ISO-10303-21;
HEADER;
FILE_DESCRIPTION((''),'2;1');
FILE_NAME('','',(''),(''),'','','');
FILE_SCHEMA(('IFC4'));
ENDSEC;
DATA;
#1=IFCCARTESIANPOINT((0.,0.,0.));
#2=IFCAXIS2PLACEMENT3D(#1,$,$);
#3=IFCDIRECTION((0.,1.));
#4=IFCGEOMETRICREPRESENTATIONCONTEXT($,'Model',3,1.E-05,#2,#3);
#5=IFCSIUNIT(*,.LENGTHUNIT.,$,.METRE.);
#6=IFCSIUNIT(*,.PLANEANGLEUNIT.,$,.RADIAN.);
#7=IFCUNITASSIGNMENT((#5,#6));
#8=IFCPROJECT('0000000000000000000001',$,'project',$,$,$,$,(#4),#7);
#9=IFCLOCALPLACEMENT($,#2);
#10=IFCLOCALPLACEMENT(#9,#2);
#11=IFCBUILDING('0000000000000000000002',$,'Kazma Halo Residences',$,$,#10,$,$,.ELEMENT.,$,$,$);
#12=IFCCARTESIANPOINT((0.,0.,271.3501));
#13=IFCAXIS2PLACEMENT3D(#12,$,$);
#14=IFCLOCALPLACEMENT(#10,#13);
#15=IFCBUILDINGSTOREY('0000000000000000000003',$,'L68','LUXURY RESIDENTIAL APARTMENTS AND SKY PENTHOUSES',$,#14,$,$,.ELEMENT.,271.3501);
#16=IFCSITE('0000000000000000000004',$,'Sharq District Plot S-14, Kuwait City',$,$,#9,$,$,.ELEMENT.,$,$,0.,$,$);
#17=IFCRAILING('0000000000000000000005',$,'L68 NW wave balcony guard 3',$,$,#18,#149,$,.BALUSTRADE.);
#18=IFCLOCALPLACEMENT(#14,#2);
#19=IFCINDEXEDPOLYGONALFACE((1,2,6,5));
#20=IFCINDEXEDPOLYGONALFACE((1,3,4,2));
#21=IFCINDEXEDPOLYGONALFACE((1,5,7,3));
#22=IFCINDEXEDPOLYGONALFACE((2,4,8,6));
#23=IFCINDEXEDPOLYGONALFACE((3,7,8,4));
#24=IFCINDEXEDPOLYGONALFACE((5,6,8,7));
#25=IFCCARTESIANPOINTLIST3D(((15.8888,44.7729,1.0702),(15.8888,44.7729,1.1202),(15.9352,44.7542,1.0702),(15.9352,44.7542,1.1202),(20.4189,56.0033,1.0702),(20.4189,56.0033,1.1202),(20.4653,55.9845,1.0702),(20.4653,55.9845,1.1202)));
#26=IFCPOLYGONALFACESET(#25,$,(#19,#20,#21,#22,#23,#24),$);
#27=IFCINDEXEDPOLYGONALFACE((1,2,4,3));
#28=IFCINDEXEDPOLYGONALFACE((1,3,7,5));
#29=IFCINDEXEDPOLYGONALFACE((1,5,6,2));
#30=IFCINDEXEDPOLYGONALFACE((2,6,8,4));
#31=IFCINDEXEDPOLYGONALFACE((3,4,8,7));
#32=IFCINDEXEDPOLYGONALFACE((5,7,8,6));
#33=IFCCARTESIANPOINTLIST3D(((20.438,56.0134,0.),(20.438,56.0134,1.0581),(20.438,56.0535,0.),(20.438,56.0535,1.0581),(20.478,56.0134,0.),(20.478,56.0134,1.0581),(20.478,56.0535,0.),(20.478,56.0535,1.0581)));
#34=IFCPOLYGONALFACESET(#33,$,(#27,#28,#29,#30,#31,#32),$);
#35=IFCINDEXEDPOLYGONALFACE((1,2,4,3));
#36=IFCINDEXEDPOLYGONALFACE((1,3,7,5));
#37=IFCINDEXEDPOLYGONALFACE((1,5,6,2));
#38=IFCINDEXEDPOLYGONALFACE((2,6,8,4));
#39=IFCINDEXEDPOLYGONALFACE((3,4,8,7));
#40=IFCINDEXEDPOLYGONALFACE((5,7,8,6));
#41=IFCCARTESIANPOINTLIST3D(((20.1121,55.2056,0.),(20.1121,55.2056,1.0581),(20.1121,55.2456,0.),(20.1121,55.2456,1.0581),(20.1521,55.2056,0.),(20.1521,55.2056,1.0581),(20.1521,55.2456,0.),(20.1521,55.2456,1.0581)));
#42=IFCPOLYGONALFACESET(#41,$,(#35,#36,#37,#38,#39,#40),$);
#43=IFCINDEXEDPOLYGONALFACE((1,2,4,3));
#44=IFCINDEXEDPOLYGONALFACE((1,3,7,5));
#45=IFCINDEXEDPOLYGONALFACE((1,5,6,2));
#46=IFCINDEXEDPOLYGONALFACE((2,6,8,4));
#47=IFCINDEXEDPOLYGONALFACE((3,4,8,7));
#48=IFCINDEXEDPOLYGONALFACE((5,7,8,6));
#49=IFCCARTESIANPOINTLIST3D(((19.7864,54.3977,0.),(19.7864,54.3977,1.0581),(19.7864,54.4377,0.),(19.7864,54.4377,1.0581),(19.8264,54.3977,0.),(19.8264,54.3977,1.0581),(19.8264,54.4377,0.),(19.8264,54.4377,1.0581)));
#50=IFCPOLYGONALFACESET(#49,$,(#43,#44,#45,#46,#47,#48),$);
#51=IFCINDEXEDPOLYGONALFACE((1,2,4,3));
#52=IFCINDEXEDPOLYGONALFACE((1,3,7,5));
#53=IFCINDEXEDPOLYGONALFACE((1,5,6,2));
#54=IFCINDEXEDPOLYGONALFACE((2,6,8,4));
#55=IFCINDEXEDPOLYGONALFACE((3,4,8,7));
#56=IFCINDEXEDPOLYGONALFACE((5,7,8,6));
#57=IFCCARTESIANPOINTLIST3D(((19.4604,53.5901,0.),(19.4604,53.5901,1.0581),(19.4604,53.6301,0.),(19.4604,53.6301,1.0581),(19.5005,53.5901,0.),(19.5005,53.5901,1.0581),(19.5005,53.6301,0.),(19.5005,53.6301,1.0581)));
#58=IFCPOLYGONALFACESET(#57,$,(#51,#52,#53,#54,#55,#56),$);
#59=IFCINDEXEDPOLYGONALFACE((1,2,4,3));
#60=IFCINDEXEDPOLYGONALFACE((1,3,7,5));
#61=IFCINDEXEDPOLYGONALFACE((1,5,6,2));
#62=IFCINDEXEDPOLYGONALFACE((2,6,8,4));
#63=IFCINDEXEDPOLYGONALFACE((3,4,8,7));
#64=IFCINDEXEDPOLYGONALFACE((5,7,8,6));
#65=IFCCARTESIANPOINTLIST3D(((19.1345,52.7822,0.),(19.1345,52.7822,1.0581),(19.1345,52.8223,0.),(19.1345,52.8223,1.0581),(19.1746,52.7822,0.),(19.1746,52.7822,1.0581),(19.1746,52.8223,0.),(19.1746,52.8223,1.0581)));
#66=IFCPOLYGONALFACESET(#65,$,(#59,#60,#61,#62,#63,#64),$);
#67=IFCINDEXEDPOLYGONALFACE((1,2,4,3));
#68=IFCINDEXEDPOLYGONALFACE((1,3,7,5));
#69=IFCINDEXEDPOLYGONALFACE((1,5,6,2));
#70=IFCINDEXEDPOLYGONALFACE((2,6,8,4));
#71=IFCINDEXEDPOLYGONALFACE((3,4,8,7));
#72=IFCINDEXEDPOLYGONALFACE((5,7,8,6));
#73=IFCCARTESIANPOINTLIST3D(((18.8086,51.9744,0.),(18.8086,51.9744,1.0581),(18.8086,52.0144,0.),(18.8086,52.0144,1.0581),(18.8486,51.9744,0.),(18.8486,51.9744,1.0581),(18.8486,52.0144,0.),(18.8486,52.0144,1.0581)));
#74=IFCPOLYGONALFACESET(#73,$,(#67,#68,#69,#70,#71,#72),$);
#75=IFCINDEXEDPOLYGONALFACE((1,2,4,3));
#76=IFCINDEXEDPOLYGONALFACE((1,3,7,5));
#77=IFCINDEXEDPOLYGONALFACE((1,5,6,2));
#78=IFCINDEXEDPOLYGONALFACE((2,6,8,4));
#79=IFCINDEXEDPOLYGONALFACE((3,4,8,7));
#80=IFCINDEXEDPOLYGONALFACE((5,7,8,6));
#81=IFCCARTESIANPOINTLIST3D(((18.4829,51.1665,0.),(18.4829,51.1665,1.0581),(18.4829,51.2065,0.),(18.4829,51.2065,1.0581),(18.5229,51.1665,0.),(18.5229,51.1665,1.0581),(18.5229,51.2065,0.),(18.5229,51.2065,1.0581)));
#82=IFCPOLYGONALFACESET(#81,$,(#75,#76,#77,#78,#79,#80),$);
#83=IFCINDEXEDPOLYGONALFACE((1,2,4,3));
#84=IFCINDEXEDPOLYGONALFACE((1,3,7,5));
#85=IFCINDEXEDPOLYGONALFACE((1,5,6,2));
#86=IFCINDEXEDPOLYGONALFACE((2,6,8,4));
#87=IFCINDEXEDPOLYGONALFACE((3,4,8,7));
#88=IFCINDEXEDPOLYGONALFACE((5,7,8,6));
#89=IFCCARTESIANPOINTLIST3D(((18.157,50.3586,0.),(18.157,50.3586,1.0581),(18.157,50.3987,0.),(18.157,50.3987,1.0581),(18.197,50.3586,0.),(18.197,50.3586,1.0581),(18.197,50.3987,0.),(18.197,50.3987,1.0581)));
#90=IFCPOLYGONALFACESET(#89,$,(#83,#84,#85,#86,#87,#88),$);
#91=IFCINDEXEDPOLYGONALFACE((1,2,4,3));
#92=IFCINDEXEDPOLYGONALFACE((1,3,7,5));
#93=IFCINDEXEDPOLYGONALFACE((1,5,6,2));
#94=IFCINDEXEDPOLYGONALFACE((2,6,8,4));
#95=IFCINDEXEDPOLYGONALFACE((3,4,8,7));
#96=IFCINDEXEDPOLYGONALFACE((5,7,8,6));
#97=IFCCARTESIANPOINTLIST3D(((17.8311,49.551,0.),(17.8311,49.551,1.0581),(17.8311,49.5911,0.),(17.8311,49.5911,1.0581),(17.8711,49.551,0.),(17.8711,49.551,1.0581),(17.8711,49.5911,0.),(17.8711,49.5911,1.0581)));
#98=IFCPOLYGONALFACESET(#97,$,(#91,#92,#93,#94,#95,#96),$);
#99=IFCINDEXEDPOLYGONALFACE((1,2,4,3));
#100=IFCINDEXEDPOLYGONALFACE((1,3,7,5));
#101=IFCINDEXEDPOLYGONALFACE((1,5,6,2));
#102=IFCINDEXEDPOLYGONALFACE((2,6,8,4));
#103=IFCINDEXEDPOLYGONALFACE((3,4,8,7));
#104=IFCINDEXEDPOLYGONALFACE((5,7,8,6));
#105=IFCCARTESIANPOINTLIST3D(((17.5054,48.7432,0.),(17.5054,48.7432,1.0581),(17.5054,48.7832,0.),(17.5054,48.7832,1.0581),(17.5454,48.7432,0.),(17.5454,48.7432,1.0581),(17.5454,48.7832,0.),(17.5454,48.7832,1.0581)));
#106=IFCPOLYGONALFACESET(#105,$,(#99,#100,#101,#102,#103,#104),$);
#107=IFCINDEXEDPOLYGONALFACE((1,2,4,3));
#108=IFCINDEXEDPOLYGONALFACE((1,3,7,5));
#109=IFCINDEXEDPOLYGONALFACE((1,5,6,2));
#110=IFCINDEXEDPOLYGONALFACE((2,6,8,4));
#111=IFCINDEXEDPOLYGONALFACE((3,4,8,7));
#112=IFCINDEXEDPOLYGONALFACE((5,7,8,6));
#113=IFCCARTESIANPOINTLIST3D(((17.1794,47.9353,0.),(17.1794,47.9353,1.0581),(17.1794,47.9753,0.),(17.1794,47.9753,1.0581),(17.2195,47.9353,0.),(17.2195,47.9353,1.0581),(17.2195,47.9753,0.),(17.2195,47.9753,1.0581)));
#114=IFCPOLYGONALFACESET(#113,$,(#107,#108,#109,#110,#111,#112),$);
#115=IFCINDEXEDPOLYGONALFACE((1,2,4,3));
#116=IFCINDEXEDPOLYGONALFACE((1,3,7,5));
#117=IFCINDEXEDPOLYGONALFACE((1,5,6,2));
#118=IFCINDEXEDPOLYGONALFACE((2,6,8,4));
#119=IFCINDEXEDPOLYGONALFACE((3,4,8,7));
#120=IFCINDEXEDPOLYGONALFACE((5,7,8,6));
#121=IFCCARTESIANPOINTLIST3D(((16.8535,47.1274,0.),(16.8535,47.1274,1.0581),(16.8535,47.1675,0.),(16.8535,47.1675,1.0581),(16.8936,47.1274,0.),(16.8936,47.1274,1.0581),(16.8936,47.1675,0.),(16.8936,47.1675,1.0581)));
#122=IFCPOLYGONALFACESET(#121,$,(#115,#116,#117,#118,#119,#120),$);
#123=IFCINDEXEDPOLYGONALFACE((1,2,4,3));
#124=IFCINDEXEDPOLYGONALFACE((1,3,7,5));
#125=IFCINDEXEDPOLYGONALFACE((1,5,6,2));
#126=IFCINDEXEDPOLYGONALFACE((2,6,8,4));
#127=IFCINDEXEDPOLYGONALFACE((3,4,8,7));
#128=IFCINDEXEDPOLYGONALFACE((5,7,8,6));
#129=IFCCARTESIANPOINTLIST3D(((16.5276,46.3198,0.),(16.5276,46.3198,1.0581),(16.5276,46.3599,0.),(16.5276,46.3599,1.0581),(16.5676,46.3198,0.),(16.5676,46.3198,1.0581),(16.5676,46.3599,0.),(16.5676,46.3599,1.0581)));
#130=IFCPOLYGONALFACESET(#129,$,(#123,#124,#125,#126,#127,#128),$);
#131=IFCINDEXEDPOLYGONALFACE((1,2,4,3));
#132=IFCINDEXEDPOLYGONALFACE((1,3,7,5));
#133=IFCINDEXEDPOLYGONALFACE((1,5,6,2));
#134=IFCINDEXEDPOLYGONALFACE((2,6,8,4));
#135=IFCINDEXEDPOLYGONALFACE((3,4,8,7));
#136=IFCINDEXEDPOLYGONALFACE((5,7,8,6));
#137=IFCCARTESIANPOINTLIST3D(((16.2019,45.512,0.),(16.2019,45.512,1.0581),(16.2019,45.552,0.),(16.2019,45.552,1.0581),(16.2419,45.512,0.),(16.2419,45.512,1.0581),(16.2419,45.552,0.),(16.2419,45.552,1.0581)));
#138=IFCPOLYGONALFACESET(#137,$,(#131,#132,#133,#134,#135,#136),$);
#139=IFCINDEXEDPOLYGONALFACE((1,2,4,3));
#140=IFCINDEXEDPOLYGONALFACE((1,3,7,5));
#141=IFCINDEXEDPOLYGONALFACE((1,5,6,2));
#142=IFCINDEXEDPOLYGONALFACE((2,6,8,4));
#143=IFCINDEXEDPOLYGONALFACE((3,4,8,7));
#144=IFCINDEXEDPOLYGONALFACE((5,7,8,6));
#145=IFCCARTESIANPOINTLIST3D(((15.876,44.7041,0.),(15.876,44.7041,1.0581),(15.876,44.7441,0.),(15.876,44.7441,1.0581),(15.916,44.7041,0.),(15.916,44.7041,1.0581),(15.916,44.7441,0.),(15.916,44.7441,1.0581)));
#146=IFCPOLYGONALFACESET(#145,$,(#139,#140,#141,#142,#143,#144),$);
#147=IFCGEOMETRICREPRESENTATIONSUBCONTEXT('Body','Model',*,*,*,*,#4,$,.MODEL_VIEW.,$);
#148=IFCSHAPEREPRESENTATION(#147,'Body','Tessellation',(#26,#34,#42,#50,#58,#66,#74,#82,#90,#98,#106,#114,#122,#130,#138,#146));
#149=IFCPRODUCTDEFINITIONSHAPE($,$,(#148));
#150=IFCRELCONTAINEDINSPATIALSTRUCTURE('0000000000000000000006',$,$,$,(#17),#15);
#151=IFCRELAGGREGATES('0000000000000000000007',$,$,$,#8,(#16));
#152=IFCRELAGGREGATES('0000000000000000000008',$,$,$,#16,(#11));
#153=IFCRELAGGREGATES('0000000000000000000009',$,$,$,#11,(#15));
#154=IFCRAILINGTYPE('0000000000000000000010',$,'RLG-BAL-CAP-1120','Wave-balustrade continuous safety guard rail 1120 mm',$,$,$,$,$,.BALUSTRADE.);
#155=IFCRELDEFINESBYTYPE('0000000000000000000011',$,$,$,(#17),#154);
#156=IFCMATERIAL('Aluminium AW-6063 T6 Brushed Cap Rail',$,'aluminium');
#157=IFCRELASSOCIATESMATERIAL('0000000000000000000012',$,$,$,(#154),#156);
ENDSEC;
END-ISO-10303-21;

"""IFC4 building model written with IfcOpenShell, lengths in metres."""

from ifc_helpers import new_model, si_unit, direction, frame, origin, origin_2d, place, context, subcontext, project, spatial, rectangle, extrude, material, type_object, element, save


model = new_model("IFC4")

# Units and contexts
model_context = context("Model", 3, precision=1e-05, world=origin(), true_north=direction((0.0, 1.0)))
body_context = subcontext(model_context, "Body", "Model", "MODEL_VIEW")
ifc_project = project(units=[si_unit("LENGTHUNIT", "METRE"), si_unit("PLANEANGLEUNIT", "RADIAN")], contexts=[model_context])

# Site, building, storey
site_placement = place(None, origin())
site = spatial("IfcSite", under=ifc_project, at=site_placement, Name="Sharq District Plot S-14, Kuwait City", CompositionType="ELEMENT", RefElevation=0.0)
building_placement = place(site_placement, origin())
building = spatial("IfcBuilding", under=site, at=building_placement, Name="Kazma Halo Residences", CompositionType="ELEMENT")
storey_placement = place(building_placement, frame((0.0, 0.0, 271.3501)))
storey = spatial("IfcBuildingStorey", under=building, at=storey_placement, Name="L68", Description="LUXURY RESIDENTIAL APARTMENTS AND SKY PENTHOUSES", CompositionType="ELEMENT", Elevation=271.3501)

# Railing
ifc_material_1 = material(Name="Aluminium AW-6063 T6 Brushed Cap Rail", Category="aluminium")
railing_type = type_object("IfcRailingType", Name="RLG-BAL-CAP-1120", Description="Wave-balustrade continuous safety guard rail 1120 mm", PredefinedType="BALUSTRADE", material=ifc_material_1)
railing_1_placement = place(storey_placement, frame((20.458, 56.0334, 0.0)))
element("IfcRailing", 1, at=railing_1_placement, inside=storey, type_object=railing_type, Name="L68 NW wave balcony guard 3", PredefinedType="BALUSTRADE", context=body_context, shape_type="SweptSolid", body=[
    extrude(rectangle(XDim=0.05, YDim=0.05, at=origin_2d()), frame((-0.0159, -0.0396, 1.0952), z_axis=(-0.374095, -0.92739, 0.0), x_axis=(0.92739, -0.374095, 0.0)), (0.0, 0.0, 1.0), 12.1096),
    extrude(rectangle(XDim=0.04, YDim=0.04, at=origin_2d()), origin(), (0.0, 0.0, 1.0), 1.0581),
    extrude(rectangle(XDim=0.04, YDim=0.04, at=origin_2d()), frame((-0.3259, -0.8079, 0.0)), (0.0, 0.0, 1.0), 1.0581),
    extrude(rectangle(XDim=0.04, YDim=0.04, at=origin_2d()), frame((-0.6516, -1.6157, 0.0)), (0.0, 0.0, 1.0), 1.0581),
    extrude(rectangle(XDim=0.04, YDim=0.04, at=origin_2d()), frame((-0.9775, -2.4233, 0.0)), (0.0, 0.0, 1.0), 1.0581),
    extrude(rectangle(XDim=0.04, YDim=0.04, at=origin_2d()), frame((-1.3035, -3.2312, 0.0)), (0.0, 0.0, 1.0), 1.0581),
    extrude(rectangle(XDim=0.04, YDim=0.04, at=origin_2d()), frame((-1.6294, -4.0391, 0.0)), (0.0, 0.0, 1.0), 1.0581),
    extrude(rectangle(XDim=0.04, YDim=0.04, at=origin_2d()), frame((-1.9551, -4.8469, 0.0)), (0.0, 0.0, 1.0), 1.0581),
    extrude(rectangle(XDim=0.04, YDim=0.04, at=origin_2d()), frame((-2.281, -5.6548, 0.0)), (0.0, 0.0, 1.0), 1.0581),
    extrude(rectangle(XDim=0.04, YDim=0.04, at=origin_2d()), frame((-2.6069, -6.4624, 0.0)), (0.0, 0.0, 1.0), 1.0581),
    extrude(rectangle(XDim=0.04, YDim=0.04, at=origin_2d()), frame((-2.9326, -7.2703, 0.0)), (0.0, 0.0, 1.0), 1.0581),
    extrude(rectangle(XDim=0.04, YDim=0.04, at=origin_2d()), frame((-3.2585, -8.0781, 0.0)), (0.0, 0.0, 1.0), 1.0581),
    extrude(rectangle(XDim=0.04, YDim=0.04, at=origin_2d()), frame((-3.5845, -8.886, 0.0)), (0.0, 0.0, 1.0), 1.0581),
    extrude(rectangle(XDim=0.04, YDim=0.04, at=origin_2d()), frame((-3.9104, -9.6936, 0.0)), (0.0, 0.0, 1.0), 1.0581),
    extrude(rectangle(XDim=0.04, YDim=0.04, at=origin_2d()), frame((-4.2361, -10.5015, 0.0)), (0.0, 0.0, 1.0), 1.0581),
    extrude(rectangle(XDim=0.04, YDim=0.04, at=origin_2d()), frame((-4.562, -11.3093, 0.0)), (0.0, 0.0, 1.0), 1.0581),
])

save(model, "model.ifc")
